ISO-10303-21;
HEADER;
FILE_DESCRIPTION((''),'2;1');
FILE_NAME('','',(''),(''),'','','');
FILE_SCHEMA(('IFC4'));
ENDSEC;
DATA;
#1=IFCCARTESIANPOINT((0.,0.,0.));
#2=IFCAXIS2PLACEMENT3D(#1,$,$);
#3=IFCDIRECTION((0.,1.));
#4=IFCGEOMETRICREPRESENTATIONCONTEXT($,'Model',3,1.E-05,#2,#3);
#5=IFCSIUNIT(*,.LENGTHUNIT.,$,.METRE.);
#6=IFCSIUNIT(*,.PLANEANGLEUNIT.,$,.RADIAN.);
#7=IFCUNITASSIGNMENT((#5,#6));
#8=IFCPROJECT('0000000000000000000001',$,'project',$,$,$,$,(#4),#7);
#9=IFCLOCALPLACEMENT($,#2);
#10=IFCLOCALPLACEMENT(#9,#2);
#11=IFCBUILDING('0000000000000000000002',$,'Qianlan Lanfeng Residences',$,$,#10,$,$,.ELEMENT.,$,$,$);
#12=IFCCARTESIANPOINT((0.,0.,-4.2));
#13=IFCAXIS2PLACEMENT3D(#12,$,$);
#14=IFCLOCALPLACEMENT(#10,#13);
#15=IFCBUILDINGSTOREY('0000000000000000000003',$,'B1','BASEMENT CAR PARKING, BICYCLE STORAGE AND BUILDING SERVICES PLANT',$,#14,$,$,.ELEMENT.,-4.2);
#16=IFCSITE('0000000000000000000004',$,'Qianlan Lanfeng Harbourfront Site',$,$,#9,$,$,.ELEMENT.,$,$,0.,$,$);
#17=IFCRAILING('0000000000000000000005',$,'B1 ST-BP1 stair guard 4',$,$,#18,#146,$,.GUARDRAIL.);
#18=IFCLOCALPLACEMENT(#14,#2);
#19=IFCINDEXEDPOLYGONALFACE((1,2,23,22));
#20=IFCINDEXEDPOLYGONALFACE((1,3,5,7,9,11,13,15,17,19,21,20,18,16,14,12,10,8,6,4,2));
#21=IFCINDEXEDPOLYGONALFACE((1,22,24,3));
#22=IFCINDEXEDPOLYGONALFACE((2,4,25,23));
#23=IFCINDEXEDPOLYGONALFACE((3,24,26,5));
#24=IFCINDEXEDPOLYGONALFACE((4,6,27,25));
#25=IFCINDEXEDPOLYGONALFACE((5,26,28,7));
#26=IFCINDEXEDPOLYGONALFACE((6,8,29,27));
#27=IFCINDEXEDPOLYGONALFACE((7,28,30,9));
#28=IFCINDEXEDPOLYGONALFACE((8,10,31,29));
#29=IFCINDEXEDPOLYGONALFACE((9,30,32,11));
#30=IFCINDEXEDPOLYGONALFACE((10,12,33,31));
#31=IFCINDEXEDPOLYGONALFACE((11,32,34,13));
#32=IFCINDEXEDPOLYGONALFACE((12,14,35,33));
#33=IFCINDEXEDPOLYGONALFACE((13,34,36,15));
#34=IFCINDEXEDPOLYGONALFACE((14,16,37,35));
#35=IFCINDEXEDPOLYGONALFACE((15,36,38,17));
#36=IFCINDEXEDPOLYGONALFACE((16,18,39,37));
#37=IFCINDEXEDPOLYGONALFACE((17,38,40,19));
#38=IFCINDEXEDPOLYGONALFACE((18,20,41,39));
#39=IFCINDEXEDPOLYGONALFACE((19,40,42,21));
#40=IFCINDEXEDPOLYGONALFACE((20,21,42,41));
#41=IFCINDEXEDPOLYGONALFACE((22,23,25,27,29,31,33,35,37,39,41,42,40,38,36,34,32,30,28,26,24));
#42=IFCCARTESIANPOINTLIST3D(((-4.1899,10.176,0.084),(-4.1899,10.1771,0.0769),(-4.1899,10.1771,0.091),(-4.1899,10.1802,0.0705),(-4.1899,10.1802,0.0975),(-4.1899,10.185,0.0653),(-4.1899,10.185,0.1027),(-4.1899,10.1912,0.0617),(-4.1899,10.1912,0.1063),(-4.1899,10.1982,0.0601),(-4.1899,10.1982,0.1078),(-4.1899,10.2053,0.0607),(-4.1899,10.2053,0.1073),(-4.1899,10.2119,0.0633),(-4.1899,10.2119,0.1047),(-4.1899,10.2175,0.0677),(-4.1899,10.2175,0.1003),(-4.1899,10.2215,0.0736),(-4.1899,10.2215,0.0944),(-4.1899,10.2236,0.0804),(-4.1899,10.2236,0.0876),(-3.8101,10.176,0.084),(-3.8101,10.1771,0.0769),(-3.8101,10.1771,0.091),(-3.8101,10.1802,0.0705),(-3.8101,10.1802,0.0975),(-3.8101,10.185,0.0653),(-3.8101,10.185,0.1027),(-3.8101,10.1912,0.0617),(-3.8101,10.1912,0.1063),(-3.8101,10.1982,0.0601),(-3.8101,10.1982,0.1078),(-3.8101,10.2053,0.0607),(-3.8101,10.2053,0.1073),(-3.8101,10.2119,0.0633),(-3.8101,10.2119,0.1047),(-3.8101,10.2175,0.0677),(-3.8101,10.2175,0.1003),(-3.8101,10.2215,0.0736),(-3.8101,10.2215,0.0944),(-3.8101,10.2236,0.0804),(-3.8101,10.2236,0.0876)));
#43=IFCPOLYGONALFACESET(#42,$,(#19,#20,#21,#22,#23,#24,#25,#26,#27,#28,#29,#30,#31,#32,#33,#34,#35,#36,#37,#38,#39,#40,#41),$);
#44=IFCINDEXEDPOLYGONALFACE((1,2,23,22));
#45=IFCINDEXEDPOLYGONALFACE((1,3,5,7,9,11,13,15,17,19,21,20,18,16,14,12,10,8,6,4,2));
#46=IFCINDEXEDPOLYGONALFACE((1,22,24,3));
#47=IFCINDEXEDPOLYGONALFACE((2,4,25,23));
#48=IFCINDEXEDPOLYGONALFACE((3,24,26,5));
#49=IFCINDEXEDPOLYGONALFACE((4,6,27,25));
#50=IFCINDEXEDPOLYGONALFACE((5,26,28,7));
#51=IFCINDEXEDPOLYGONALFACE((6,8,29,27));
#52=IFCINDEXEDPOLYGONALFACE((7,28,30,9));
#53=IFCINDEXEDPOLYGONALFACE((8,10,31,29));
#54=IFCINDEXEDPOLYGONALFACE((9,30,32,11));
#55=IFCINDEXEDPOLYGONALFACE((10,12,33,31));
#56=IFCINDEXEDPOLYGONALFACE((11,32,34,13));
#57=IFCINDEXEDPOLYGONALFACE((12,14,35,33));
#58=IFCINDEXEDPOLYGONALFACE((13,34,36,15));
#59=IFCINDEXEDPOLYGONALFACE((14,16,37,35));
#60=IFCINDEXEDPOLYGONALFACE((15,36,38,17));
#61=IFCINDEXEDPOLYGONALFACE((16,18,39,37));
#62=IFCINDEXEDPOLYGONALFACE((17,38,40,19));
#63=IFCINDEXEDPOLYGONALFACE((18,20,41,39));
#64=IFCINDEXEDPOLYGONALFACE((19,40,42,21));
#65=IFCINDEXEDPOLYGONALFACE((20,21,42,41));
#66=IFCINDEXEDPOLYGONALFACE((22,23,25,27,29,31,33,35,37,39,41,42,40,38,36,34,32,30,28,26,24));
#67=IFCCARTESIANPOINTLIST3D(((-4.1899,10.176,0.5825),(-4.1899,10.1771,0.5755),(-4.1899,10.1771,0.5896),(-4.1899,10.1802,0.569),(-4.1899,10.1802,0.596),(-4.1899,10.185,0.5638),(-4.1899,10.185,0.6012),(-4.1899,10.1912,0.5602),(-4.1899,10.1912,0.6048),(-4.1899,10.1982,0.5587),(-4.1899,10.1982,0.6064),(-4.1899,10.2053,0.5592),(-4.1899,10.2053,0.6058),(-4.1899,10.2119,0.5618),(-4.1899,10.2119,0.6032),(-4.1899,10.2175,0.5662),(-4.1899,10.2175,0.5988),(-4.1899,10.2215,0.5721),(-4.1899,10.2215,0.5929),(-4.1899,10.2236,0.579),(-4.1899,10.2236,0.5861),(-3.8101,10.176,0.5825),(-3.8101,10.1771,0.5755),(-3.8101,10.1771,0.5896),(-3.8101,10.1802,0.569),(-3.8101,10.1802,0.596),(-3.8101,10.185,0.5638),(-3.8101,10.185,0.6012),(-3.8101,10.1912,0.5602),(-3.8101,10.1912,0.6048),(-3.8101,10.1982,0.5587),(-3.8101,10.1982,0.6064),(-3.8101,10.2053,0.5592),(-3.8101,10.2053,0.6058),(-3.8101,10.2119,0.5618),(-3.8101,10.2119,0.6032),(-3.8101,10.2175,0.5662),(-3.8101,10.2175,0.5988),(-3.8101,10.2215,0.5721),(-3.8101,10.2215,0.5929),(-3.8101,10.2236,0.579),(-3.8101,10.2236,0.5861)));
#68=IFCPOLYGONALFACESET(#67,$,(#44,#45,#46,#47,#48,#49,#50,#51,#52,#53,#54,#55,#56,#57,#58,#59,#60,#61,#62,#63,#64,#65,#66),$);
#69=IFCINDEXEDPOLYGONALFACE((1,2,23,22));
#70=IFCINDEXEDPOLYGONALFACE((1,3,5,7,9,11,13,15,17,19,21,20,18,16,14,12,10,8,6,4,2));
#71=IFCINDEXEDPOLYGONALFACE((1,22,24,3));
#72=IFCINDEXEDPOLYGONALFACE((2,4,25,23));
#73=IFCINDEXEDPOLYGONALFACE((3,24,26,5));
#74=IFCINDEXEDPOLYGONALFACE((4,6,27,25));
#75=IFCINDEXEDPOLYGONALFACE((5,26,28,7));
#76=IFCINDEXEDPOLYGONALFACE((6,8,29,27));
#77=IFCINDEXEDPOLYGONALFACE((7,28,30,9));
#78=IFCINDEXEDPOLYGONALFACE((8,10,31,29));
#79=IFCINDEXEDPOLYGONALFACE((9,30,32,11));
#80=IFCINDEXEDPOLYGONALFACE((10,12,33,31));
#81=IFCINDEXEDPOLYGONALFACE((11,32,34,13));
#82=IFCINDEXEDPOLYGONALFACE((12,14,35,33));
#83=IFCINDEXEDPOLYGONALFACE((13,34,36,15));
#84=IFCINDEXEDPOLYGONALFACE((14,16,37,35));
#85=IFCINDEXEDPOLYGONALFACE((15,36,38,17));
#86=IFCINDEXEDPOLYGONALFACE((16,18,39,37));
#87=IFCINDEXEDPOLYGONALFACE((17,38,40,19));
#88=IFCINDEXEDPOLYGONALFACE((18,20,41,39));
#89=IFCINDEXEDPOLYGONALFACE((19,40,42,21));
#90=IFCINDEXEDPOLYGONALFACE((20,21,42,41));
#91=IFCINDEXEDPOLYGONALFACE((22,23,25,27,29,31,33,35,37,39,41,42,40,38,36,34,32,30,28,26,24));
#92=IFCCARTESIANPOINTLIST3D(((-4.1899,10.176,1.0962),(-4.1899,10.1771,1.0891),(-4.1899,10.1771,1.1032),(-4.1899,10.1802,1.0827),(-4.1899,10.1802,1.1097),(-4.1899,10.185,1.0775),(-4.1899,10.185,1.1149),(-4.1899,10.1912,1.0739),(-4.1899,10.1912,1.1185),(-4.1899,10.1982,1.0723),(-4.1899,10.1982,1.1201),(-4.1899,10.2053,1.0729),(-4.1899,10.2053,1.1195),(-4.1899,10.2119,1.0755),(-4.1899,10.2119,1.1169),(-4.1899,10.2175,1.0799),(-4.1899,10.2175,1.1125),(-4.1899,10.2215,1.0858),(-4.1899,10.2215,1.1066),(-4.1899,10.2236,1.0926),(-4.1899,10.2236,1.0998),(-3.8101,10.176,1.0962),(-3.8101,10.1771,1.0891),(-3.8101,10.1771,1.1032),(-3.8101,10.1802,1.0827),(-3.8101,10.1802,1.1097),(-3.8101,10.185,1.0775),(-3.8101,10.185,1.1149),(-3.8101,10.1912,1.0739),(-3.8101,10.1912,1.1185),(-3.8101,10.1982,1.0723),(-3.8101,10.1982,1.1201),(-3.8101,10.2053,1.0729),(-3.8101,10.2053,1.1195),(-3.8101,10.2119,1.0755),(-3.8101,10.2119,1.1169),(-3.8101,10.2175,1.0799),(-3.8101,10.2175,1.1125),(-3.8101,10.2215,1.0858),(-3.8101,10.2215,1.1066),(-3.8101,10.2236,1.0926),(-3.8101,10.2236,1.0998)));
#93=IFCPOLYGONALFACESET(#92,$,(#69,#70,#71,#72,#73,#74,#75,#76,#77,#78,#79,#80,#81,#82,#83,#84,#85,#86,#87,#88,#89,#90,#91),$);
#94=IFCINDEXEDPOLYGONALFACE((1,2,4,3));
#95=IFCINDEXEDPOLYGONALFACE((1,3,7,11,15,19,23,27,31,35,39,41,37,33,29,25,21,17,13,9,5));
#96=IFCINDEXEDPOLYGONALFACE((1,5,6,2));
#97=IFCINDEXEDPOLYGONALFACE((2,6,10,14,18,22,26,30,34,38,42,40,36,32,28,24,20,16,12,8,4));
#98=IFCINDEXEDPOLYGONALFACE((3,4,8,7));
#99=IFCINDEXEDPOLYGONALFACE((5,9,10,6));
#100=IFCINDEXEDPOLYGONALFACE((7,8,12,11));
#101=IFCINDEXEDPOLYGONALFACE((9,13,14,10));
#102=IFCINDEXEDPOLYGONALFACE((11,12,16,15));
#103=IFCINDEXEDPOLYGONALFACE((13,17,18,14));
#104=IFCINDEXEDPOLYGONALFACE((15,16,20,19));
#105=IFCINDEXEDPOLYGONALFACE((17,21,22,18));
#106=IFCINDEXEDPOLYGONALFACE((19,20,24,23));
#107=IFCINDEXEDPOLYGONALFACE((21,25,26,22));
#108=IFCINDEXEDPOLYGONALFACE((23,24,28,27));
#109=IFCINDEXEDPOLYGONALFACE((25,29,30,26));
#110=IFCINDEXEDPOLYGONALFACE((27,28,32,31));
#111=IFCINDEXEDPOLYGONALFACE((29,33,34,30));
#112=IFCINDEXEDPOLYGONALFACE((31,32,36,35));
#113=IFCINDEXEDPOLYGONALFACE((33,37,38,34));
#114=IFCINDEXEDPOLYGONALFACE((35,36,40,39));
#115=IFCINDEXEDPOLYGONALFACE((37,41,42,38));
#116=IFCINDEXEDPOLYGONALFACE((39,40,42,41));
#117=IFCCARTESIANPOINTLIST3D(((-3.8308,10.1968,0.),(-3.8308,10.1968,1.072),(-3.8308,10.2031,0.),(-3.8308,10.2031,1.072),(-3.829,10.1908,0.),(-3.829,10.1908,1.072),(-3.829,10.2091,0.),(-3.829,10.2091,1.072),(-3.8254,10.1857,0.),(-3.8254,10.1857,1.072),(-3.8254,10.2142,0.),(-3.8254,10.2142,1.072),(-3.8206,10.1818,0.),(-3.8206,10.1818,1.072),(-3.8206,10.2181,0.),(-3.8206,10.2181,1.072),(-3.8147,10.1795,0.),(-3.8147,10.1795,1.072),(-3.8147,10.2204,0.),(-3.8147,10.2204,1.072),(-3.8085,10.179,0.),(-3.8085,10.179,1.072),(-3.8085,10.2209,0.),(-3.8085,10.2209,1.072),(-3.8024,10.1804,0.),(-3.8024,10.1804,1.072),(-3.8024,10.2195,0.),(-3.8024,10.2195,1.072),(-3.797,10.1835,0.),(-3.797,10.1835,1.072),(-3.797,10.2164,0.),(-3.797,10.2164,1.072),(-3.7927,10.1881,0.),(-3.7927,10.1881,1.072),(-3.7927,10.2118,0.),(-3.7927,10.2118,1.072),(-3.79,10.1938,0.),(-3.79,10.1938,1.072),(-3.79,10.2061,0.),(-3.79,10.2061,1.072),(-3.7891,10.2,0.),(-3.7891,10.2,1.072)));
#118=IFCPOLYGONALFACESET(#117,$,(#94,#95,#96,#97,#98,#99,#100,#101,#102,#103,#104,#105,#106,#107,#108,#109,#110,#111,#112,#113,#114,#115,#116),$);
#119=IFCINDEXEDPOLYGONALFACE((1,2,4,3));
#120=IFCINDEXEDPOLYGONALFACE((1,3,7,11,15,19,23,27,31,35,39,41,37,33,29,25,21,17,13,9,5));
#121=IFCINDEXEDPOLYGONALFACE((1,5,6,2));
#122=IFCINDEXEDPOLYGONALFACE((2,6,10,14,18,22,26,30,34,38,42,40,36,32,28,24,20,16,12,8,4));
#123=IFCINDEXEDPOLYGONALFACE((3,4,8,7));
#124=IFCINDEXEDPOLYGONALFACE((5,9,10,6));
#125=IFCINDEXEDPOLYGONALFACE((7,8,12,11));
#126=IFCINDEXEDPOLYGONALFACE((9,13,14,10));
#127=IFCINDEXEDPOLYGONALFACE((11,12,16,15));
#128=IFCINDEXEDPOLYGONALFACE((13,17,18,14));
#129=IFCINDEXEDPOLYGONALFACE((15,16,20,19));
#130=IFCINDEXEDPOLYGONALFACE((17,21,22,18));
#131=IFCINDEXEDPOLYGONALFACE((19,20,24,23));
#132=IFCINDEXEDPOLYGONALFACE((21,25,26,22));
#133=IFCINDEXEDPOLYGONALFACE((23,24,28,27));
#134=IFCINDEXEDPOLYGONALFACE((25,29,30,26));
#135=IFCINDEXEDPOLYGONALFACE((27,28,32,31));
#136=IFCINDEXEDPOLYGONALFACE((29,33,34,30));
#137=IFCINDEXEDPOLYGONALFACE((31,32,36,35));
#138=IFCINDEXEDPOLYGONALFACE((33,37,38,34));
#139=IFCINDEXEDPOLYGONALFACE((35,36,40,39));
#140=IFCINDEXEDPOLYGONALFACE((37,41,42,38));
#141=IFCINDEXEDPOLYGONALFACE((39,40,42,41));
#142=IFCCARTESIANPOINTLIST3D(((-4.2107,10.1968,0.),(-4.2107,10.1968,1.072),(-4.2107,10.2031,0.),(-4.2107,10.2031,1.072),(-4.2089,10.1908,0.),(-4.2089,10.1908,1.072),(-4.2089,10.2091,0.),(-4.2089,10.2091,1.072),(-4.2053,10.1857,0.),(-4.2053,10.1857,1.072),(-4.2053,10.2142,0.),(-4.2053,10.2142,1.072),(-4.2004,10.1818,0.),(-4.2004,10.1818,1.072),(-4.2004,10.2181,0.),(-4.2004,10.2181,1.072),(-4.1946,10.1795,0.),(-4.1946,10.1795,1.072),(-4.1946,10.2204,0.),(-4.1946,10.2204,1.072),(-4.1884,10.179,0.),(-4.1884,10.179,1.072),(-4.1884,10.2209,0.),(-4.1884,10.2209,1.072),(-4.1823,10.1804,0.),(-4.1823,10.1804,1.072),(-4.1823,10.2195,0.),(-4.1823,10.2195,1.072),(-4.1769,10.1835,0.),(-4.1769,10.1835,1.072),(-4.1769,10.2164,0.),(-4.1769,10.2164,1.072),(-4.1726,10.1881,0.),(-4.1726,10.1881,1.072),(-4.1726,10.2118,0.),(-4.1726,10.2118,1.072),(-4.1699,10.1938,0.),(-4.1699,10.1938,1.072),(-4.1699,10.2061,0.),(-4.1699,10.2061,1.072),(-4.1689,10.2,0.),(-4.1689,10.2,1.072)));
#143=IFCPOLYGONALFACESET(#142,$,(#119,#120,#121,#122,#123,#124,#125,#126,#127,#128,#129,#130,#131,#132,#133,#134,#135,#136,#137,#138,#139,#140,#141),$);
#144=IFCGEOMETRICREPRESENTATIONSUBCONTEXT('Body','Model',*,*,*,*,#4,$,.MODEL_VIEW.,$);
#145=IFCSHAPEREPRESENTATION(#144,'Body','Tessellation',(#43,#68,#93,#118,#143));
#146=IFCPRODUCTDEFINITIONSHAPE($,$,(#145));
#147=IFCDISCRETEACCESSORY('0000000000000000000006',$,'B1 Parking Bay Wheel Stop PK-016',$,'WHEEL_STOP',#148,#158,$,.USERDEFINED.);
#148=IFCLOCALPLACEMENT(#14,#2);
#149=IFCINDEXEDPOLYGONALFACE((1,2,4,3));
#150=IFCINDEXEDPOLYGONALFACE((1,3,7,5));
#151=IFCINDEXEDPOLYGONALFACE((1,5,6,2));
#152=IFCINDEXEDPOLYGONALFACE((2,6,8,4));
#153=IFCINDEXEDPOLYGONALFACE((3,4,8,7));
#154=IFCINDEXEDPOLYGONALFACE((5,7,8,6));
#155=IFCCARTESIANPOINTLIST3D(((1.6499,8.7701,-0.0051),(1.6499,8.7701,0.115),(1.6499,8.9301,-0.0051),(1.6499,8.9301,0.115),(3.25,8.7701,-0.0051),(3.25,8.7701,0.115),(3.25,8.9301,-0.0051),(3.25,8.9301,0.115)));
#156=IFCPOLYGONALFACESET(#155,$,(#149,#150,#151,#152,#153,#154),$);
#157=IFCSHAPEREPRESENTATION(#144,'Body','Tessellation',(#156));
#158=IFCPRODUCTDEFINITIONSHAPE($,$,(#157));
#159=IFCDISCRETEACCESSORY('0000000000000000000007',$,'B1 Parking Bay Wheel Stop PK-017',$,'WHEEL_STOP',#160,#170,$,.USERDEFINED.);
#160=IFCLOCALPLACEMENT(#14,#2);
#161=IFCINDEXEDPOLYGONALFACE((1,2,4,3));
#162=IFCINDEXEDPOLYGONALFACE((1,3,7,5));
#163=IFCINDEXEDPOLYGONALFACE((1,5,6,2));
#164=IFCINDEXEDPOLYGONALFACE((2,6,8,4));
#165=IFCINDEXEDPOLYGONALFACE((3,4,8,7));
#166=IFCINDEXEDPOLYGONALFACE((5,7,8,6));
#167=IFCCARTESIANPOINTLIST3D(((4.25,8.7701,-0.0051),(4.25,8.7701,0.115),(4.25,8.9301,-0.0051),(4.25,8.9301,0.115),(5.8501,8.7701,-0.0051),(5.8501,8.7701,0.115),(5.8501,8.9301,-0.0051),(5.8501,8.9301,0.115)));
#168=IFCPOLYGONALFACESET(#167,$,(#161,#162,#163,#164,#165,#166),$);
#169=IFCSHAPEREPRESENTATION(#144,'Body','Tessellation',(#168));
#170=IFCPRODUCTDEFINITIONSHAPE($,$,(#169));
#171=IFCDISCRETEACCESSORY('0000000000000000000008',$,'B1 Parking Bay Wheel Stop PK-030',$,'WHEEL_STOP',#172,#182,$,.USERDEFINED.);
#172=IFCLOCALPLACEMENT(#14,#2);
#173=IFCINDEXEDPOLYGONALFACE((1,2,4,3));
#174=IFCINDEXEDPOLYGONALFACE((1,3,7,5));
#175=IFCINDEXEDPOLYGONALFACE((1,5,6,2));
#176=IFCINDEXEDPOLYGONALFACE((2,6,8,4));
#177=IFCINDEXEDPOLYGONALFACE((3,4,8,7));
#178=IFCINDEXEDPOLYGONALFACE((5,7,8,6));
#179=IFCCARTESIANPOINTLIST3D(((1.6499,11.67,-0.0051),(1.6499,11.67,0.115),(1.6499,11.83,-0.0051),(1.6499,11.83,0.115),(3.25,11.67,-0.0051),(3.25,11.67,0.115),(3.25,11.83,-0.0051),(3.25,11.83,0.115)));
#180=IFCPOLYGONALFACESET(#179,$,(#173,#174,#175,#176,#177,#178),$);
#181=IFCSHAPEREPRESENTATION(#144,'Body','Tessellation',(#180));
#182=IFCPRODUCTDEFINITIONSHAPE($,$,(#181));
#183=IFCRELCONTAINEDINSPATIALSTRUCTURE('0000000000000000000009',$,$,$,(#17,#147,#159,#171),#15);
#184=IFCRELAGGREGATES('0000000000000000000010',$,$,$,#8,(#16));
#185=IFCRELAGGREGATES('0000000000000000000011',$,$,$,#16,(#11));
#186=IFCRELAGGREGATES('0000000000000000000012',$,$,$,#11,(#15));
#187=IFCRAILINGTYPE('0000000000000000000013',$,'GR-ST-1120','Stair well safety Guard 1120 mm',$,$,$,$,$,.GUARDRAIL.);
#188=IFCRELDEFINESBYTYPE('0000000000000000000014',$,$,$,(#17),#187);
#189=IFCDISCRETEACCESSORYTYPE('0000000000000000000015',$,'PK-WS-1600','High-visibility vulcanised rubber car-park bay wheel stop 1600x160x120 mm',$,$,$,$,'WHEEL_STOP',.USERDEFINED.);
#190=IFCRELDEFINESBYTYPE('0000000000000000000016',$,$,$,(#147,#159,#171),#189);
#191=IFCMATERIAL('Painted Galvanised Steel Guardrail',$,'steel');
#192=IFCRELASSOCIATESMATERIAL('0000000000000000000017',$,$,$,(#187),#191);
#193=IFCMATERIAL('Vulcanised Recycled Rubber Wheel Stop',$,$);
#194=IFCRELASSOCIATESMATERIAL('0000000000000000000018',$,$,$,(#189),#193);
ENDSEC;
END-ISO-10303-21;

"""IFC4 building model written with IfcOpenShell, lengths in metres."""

from ifc_helpers import new_model, si_unit, direction, frame, origin, origin_2d, place, context, subcontext, project, spatial, rectangle, circle, extrude, source, transform, mapped, material, type_object, element, save


model = new_model("IFC4")

# Units and contexts
model_context = context("Model", 3, precision=1e-05, world=origin(), true_north=direction((0.0, 1.0)))
body_context = subcontext(model_context, "Body", "Model", "MODEL_VIEW")
ifc_project = project(units=[si_unit("LENGTHUNIT", "METRE"), si_unit("PLANEANGLEUNIT", "RADIAN")], contexts=[model_context])

# Site, building, storey
site_placement = place(None, origin())
site = spatial("IfcSite", under=ifc_project, at=site_placement, Name="Qianlan Lanfeng Harbourfront Site", CompositionType="ELEMENT", RefElevation=0.0)
building_placement = place(site_placement, origin())
building = spatial("IfcBuilding", under=site, at=building_placement, Name="Qianlan Lanfeng Residences", CompositionType="ELEMENT")
storey_placement = place(building_placement, frame((0.0, 0.0, -4.2)))
storey = spatial("IfcBuildingStorey", under=building, at=storey_placement, Name="B1", Description="BASEMENT CAR PARKING, BICYCLE STORAGE AND BUILDING SERVICES PLANT", CompositionType="ELEMENT", Elevation=-4.2)

# Railing
ifc_material_1 = material(Name="Painted Galvanised Steel Guardrail", Category="steel")
railing_type_1 = type_object("IfcRailingType", Name="GR-ST-1120", Description="Stair well safety Guard 1120 mm", PredefinedType="GUARDRAIL", material=ifc_material_1)
railing_1_placement = place(storey_placement, frame((-3.8101, 10.2, 0.0)))
element("IfcRailing", 1, at=railing_1_placement, inside=storey, type_object=railing_type_1, Name="B1 ST-BP1 stair guard 4", PredefinedType="GUARDRAIL", context=body_context, shape_type="SweptSolid", body=[
    extrude(circle(Radius=0.0239, at=origin_2d()), frame((0.0, 0.0, 0.084), z_axis=(-1.0, 0.0, 0.0), x_axis=(0.0, -1.0, 0.0)), (0.0, 0.0, 1.0), 0.3799),
    extrude(circle(Radius=0.0239, at=origin_2d()), frame((0.0, 0.0, 0.5825), z_axis=(-1.0, 0.0, 0.0), x_axis=(0.0, -1.0, 0.0)), (0.0, 0.0, 1.0), 0.3799),
    extrude(circle(Radius=0.0239, at=origin_2d()), frame((0.0, 0.0, 1.0962), z_axis=(-1.0, 0.0, 0.0), x_axis=(0.0, -1.0, 0.0)), (0.0, 0.0, 1.0), 0.3799),
    extrude(circle(Radius=0.021, at=origin_2d()), origin(), (0.0, 0.0, 1.0), 1.072),
    extrude(circle(Radius=0.021, at=origin_2d()), frame((-0.3799, 0.0, 0.0)), (0.0, 0.0, 1.0), 1.072),
])

# Discrete accessories
ifc_material_2 = material(Name="Vulcanised Recycled Rubber Wheel Stop")
discrete_accessory_type = type_object("IfcDiscreteAccessoryType", Name="PK-WS-1600", Description="High-visibility vulcanised rubber car-park bay wheel stop 1600x160x120 mm", ElementType="WHEEL_STOP", PredefinedType="USERDEFINED", material=ifc_material_2)
shared_shape = source(origin(), body_context, "Body", "SweptSolid", [
    extrude(rectangle(XDim=1.6001, YDim=0.1599, at=origin_2d()), origin(), (0.0, 0.0, 1.0), 0.1201),
])
for number, where, z_axis, x_axis, name in (
    (2, (2.45, 8.8501, -0.0051), (0.0, 0.0, 1.0), (1.0, 0.0, 0.0), "B1 Parking Bay Wheel Stop PK-016"),
    (3, (5.05, 8.8501, -0.0051), (0.0, 0.0, 1.0), (1.0, 0.0, 0.0), "B1 Parking Bay Wheel Stop PK-017"),
    (4, (2.45, 11.75, -0.0051), (0.0, 0.0, 1.0), (1.0, 0.0, 0.0), "B1 Parking Bay Wheel Stop PK-030"),
):
    element("IfcDiscreteAccessory", number, at=place(storey_placement, frame(where, z_axis=z_axis, x_axis=x_axis)), inside=storey, type_object=discrete_accessory_type, Name=name, ObjectType="WHEEL_STOP", PredefinedType="USERDEFINED", context=body_context, shape_type="MappedRepresentation", body=[
        mapped(shared_shape, transform((0.0, 0.0, 0.0), scale=1.0)),
    ])

save(model, "model.ifc")
